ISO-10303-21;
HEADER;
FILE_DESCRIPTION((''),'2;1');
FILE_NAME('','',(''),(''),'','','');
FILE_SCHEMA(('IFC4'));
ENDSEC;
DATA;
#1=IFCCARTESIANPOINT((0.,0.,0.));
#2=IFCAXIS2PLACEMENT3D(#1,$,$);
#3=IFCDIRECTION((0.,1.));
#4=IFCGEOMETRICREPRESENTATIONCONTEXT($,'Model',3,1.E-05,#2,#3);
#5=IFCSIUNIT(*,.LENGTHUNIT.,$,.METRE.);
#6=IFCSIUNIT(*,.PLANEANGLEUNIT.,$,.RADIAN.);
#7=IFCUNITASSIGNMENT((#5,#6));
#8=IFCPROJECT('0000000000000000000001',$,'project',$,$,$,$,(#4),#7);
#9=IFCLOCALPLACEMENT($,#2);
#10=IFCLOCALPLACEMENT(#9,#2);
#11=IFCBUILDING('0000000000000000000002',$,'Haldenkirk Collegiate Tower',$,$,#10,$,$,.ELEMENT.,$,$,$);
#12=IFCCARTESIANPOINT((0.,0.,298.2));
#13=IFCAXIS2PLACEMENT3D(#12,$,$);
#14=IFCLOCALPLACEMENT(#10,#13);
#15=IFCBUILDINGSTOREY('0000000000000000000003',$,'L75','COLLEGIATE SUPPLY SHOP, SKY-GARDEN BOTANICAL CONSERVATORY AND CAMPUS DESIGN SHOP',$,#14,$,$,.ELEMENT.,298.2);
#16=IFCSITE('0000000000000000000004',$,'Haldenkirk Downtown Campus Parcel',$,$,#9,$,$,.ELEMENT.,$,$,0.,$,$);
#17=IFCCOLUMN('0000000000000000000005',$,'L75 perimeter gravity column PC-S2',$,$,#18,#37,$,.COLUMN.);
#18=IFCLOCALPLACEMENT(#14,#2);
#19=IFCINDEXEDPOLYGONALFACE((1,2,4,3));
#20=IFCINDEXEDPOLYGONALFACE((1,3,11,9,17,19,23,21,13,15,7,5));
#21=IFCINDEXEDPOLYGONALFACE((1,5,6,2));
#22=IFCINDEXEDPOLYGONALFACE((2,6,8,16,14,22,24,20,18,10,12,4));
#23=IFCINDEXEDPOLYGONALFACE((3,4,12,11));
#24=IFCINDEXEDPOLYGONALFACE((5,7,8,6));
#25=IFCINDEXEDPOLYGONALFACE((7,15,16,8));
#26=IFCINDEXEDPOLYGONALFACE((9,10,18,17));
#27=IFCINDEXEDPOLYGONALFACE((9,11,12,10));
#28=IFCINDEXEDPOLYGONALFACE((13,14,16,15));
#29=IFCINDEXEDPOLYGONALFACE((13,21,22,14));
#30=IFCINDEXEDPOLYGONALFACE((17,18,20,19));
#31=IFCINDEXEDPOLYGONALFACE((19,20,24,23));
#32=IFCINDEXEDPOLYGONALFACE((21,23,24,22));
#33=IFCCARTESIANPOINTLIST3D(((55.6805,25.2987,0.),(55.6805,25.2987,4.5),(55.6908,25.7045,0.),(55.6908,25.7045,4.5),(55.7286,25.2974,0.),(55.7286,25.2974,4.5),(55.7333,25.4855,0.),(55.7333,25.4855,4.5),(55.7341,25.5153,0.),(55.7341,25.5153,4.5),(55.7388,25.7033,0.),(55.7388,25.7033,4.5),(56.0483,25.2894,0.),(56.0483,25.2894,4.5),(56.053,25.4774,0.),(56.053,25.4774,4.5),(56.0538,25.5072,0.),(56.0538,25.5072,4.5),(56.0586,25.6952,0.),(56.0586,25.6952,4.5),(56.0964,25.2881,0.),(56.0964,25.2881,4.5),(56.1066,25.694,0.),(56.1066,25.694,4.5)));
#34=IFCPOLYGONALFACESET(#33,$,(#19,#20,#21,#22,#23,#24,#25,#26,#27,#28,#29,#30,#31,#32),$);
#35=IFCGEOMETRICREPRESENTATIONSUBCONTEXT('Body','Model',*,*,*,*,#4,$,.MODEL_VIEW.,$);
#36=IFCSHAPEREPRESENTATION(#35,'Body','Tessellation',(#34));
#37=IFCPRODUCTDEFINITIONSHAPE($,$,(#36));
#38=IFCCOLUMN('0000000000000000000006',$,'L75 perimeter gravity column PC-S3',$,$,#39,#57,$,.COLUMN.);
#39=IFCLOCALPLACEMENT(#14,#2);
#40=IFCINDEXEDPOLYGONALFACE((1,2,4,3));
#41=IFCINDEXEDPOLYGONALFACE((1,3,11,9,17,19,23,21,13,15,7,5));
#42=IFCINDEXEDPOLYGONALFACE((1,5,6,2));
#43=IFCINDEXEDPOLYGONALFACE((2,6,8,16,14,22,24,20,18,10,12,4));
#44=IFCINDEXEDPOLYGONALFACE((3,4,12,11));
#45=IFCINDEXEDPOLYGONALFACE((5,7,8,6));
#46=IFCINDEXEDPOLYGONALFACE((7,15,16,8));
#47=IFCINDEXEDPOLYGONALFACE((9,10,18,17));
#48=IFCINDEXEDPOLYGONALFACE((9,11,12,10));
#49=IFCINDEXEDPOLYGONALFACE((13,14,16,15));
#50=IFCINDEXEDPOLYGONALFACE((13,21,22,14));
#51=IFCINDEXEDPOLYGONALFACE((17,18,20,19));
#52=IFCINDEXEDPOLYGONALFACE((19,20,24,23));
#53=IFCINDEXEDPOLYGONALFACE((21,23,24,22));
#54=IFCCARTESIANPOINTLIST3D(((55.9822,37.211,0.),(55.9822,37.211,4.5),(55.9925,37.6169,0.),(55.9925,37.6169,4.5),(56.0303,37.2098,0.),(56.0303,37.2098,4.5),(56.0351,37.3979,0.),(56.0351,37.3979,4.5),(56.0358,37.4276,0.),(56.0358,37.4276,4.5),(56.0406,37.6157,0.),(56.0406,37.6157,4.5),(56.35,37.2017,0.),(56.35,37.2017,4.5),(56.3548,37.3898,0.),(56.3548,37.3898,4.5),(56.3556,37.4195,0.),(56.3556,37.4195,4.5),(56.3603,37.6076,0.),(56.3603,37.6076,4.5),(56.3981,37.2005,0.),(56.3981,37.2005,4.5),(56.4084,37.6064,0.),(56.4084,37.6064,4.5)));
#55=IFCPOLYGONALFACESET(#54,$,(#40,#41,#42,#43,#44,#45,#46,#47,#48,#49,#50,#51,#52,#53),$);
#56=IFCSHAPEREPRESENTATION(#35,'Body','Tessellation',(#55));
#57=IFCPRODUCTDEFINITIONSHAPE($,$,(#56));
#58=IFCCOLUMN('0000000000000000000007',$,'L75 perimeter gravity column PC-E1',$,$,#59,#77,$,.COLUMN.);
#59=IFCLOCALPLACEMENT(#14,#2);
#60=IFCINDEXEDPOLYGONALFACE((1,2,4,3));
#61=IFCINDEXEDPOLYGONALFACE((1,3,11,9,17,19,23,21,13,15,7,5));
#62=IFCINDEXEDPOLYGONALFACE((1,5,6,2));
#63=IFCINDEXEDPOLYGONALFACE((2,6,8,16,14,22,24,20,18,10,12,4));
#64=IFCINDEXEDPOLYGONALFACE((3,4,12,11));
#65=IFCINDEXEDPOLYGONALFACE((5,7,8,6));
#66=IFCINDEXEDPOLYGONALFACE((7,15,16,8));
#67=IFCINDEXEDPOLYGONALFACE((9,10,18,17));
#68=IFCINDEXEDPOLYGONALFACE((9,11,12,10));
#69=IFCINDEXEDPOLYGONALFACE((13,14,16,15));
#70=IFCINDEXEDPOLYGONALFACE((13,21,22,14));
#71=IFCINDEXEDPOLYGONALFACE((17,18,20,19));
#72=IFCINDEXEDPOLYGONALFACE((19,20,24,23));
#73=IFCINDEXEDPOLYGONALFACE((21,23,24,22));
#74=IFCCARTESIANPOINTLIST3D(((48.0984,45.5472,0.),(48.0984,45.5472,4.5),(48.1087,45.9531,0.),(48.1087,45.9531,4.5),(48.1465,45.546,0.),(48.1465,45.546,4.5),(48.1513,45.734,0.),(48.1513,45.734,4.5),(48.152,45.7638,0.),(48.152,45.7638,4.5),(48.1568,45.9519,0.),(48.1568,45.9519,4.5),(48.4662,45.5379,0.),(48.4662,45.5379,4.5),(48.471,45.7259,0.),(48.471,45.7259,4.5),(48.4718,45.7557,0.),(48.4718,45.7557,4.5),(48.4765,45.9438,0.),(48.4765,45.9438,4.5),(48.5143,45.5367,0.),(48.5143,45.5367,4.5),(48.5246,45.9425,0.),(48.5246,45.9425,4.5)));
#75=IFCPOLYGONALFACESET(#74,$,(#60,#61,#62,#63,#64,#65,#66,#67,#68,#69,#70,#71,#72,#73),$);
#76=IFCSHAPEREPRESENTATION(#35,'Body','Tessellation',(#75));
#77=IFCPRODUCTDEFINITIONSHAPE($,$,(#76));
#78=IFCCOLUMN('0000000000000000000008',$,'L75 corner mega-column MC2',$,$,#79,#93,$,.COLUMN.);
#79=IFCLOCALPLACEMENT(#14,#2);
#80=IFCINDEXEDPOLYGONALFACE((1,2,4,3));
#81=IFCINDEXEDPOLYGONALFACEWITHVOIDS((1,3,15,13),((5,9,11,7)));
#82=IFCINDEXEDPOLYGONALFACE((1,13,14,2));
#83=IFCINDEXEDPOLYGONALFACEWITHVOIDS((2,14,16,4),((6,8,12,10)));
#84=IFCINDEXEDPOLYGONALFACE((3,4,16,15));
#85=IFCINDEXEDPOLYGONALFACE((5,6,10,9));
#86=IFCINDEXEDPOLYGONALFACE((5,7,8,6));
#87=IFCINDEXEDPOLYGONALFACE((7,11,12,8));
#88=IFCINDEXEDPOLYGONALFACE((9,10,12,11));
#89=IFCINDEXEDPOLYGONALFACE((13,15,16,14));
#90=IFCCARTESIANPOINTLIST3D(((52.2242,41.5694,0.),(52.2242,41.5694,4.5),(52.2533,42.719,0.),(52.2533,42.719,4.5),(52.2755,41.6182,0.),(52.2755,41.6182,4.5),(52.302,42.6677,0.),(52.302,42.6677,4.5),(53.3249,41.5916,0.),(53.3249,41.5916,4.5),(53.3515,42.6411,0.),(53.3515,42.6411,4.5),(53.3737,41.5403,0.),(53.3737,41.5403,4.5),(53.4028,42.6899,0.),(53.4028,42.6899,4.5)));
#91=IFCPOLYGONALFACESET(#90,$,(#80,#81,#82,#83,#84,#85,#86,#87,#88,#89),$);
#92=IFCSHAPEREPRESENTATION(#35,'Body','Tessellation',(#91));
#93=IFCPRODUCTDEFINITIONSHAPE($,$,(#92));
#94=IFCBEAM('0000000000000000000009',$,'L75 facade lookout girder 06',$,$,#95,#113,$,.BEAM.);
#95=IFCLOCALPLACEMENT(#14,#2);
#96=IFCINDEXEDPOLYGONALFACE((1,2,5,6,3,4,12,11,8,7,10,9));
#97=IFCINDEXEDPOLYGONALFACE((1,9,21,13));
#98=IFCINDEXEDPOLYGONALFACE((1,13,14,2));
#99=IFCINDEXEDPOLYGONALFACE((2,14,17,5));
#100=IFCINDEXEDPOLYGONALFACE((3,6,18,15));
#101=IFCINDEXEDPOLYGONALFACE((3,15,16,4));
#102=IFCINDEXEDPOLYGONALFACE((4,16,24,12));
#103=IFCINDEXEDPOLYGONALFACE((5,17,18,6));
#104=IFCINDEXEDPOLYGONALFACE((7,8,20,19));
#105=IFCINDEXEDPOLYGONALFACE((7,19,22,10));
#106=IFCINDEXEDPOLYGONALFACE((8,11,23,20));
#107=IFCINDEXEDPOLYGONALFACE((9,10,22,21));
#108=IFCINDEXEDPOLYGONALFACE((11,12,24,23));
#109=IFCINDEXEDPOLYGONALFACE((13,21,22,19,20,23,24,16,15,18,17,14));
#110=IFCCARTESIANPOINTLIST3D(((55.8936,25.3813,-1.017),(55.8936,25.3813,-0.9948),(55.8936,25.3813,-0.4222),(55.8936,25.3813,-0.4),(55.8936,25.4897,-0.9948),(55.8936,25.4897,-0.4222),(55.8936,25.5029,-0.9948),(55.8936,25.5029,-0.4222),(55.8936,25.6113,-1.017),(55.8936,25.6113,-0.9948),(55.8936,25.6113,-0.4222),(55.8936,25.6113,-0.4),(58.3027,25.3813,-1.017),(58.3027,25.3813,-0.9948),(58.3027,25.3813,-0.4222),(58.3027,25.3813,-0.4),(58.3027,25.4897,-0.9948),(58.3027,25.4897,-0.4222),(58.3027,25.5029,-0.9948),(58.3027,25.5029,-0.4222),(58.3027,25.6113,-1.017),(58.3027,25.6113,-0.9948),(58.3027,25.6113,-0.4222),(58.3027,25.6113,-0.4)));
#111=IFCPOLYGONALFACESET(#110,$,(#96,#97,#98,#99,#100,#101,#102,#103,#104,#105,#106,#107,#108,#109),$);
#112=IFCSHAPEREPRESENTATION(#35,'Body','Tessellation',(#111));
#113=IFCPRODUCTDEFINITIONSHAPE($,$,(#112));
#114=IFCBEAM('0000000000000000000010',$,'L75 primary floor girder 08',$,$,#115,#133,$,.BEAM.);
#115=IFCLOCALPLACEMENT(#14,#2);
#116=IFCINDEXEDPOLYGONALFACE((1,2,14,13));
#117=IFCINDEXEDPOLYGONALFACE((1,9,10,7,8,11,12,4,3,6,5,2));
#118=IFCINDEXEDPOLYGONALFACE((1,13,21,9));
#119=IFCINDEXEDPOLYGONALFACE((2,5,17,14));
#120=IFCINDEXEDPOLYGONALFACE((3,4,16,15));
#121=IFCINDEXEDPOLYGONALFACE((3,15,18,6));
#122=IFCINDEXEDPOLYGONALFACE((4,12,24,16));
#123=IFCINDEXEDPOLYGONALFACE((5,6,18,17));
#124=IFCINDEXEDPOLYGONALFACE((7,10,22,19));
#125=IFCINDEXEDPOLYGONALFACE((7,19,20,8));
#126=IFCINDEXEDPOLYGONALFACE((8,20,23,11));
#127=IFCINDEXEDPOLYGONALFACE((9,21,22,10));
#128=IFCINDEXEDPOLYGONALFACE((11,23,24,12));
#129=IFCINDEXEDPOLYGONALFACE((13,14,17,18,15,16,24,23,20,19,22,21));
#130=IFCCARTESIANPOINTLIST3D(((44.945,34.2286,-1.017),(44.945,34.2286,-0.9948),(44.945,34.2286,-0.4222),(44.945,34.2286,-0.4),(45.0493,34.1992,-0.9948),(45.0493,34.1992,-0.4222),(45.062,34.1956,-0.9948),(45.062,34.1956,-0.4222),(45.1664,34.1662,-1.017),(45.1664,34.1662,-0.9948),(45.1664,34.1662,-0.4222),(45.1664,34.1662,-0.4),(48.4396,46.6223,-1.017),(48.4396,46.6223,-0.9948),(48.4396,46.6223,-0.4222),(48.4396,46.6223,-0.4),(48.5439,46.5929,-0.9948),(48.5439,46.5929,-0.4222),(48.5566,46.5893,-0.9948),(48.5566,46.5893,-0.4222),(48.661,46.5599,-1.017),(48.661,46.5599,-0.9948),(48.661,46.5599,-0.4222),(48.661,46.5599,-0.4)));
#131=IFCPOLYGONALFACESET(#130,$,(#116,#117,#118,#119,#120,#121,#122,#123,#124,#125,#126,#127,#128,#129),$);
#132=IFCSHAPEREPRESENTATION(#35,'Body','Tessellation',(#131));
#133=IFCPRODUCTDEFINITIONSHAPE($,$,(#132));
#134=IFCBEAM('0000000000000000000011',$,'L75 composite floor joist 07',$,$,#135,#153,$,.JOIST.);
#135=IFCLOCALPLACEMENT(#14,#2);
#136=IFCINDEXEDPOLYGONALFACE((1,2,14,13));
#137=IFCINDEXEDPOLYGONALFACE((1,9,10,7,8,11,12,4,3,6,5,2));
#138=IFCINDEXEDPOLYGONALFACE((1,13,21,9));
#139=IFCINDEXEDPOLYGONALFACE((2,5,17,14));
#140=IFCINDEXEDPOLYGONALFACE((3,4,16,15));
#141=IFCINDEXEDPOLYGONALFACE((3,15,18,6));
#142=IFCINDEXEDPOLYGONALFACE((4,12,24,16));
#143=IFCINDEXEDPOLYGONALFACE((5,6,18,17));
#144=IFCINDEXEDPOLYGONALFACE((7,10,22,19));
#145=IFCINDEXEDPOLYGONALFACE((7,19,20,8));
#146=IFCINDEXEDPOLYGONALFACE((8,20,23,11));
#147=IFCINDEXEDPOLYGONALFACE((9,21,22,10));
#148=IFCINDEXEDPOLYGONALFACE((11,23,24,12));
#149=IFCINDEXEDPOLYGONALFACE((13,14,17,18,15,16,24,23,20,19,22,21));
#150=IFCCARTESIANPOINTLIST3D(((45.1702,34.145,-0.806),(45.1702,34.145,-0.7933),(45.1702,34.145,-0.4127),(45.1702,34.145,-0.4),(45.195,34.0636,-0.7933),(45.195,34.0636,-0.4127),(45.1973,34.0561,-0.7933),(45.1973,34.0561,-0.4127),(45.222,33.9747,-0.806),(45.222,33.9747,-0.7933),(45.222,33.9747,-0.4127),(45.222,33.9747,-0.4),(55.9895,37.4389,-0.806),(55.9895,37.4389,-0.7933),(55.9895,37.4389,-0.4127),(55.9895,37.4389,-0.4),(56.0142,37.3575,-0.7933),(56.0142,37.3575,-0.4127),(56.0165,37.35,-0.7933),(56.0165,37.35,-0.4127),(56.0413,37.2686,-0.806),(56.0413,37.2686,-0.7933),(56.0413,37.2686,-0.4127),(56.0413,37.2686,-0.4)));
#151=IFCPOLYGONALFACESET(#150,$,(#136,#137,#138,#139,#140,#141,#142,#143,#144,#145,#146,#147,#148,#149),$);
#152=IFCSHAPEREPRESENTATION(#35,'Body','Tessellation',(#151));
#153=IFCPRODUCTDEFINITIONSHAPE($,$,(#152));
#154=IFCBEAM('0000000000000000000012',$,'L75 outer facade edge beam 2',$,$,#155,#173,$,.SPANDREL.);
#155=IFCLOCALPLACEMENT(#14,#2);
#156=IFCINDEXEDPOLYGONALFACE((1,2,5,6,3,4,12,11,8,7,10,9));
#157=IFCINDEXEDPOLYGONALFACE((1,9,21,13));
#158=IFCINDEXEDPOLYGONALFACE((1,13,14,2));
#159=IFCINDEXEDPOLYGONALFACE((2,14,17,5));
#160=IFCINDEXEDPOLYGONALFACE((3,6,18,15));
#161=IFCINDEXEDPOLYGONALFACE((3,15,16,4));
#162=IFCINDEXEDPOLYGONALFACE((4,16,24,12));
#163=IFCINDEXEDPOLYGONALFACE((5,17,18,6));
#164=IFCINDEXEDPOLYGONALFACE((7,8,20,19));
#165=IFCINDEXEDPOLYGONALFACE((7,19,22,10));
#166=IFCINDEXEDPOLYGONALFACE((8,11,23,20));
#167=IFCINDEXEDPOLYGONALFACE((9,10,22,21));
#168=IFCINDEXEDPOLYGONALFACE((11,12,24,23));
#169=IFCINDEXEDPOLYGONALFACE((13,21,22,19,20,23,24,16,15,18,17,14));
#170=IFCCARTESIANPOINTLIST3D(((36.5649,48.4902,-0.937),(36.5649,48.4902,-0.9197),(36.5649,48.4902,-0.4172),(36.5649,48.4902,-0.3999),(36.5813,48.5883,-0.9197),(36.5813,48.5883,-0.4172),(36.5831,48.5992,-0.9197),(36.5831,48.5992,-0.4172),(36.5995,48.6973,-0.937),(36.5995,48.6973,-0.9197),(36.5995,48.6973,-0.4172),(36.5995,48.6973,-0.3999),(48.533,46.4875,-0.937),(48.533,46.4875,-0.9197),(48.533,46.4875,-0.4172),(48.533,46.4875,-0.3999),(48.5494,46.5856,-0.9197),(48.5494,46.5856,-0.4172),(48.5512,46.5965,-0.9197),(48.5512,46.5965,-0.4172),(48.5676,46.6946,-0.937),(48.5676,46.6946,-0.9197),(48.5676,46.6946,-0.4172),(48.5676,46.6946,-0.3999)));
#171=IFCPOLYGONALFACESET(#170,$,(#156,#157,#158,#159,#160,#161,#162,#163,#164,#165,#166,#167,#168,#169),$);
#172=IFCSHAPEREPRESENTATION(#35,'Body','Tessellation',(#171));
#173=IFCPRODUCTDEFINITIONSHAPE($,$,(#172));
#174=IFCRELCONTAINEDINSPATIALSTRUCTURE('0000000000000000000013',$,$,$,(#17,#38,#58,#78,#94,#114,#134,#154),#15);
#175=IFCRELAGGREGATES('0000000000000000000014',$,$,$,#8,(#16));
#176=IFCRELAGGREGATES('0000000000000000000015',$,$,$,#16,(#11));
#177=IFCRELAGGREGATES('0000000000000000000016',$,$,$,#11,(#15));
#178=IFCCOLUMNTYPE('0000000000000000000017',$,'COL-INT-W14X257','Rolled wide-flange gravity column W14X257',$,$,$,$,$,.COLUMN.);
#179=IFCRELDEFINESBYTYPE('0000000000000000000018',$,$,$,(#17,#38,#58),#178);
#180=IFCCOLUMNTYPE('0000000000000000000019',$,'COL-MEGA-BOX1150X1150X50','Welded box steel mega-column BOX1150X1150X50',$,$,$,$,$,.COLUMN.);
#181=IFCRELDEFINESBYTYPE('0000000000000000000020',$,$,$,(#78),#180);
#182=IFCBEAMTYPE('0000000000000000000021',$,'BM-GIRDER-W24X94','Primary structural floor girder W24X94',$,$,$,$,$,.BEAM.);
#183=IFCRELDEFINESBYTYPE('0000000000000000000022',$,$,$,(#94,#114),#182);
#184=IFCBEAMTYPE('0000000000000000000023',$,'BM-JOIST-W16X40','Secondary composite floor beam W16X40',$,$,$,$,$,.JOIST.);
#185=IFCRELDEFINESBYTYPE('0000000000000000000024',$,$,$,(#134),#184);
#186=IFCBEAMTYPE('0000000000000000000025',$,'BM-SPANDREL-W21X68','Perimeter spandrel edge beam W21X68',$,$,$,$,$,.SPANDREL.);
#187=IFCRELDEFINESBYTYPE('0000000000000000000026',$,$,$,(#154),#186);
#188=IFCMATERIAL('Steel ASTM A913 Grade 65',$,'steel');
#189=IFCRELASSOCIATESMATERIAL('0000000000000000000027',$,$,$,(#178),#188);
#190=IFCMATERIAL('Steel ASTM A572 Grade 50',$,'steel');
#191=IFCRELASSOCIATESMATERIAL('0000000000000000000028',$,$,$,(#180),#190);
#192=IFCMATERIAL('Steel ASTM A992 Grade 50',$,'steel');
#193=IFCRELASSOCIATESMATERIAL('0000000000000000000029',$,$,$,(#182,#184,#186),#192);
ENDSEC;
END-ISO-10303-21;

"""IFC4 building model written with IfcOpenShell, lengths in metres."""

from ifc_helpers import new_model, si_unit, direction, frame, origin, origin_2d, place, context, subcontext, project, spatial, hollow_rectangle, i_section, extrude, material, material_profile, profile_set, type_object, element, save


model = new_model("IFC4")

# Units and contexts
model_context = context("Model", 3, precision=1e-05, world=origin(), true_north=direction((0.0, 1.0)))
body_context = subcontext(model_context, "Body", "Model", "MODEL_VIEW")
ifc_project = project(units=[si_unit("LENGTHUNIT", "METRE"), si_unit("PLANEANGLEUNIT", "RADIAN")], contexts=[model_context])

# Site, building, storey
site_placement = place(None, origin())
site = spatial("IfcSite", under=ifc_project, at=site_placement, Name="Haldenkirk Downtown Campus Parcel", CompositionType="ELEMENT", RefElevation=0.0)
building_placement = place(site_placement, origin())
building = spatial("IfcBuilding", under=site, at=building_placement, Name="Haldenkirk Collegiate Tower", CompositionType="ELEMENT")
storey_placement = place(building_placement, frame((0.0, 0.0, 298.2)))
storey = spatial("IfcBuildingStorey", under=building, at=storey_placement, Name="L75", Description="COLLEGIATE SUPPLY SHOP, SKY-GARDEN BOTANICAL CONSERVATORY AND CAMPUS DESIGN SHOP", CompositionType="ELEMENT", Elevation=298.2)

# Columns
ifc_material_1 = material(Name="Steel ASTM A913 Grade 65", Category="steel")
ifc_material_profile_1 = material_profile(ifc_material_1, i_section(OverallWidth=0.406, OverallDepth=0.416, WebThickness=0.0298, FlangeThickness=0.0481, at=origin_2d()), Name="W14X257")
ifc_profile_set_1 = profile_set([ifc_material_profile_1], Name="Steel ASTM A913 Grade 65")
column_type_1 = type_object("IfcColumnType", Name="COL-INT-W14X257", Description="Rolled wide-flange gravity column W14X257", PredefinedType="COLUMN", material=ifc_profile_set_1)
for number, where, z_axis, x_axis, name in (
    (1, (55.8936, 25.4963, 0.0), (0.0, 0.0, 1.0), (0.025305, 0.99968, 0.0), "L75 perimeter gravity column PC-S2"),
    (2, (56.1953, 37.4087, 0.0), (0.0, 0.0, 1.0), (0.025305, 0.99968, 0.0), "L75 perimeter gravity column PC-S3"),
    (3, (48.3115, 45.7449, 0.0), (0.0, 0.0, 1.0), (0.025305, 0.99968, 0.0), "L75 perimeter gravity column PC-E1"),
):
    element("IfcColumn", number, at=place(storey_placement, frame(where, z_axis=z_axis, x_axis=x_axis)), inside=storey, type_object=column_type_1, Name=name, PredefinedType="COLUMN", context=body_context, shape_type="SweptSolid", body=[
        extrude(i_section(OverallWidth=0.406, OverallDepth=0.416, WebThickness=0.0298, FlangeThickness=0.0481, at=origin_2d()), origin(), (0.0, 0.0, 1.0), 4.5),
    ])
ifc_material_2 = material(Name="Steel ASTM A572 Grade 50", Category="steel")
ifc_material_profile_2 = material_profile(ifc_material_2, hollow_rectangle(XDim=1.1499, YDim=1.1499, WallThickness=0.05, at=origin_2d()), Name="BOX1150X1150X50")
ifc_profile_set_2 = profile_set([ifc_material_profile_2], Name="Steel ASTM A572 Grade 50")
column_type_2 = type_object("IfcColumnType", Name="COL-MEGA-BOX1150X1150X50", Description="Welded box steel mega-column BOX1150X1150X50", PredefinedType="COLUMN", material=ifc_profile_set_2)
column_placement = place(storey_placement, frame((52.8135, 42.1296, 0.0), z_axis=(0.0, 0.0, 1.0), x_axis=(0.025305, 0.99968, 0.0)))
element("IfcColumn", 4, at=column_placement, inside=storey, type_object=column_type_2, Name="L75 corner mega-column MC2", PredefinedType="COLUMN", context=body_context, shape_type="SweptSolid", body=[
    extrude(hollow_rectangle(XDim=1.1499, YDim=1.1499, WallThickness=0.05, at=origin_2d()), origin(), (0.0, 0.0, 1.0), 4.5),
])

# Beams
ifc_material_3 = material(Name="Steel ASTM A992 Grade 50", Category="steel")
ifc_material_profile_3 = material_profile(ifc_material_3, i_section(OverallWidth=0.23, OverallDepth=0.6169, WebThickness=0.0132, FlangeThickness=0.0222, at=origin_2d()), Name="W24X94")
ifc_profile_set_3 = profile_set([ifc_material_profile_3], Name="Steel ASTM A992 Grade 50")
beam_type_1 = type_object("IfcBeamType", Name="BM-GIRDER-W24X94", Description="Primary structural floor girder W24X94", PredefinedType="BEAM", material=ifc_profile_set_3)
beam_1_placement = place(storey_placement, frame((55.8936, 25.4963, -0.7085), z_axis=(1.0, 0.0, 0.0), x_axis=(0.0, 1.0, 0.0)))
element("IfcBeam", 5, at=beam_1_placement, inside=storey, type_object=beam_type_1, Name="L75 facade lookout girder 06", PredefinedType="BEAM", context=body_context, shape_type="SweptSolid", body=[
    extrude(i_section(OverallWidth=0.23, OverallDepth=0.6169, WebThickness=0.0132, FlangeThickness=0.0222, at=origin_2d()), origin(), (0.0, 0.0, 1.0), 2.4092),
])
beam_2_placement = place(storey_placement, frame((48.5503, 46.5911, -0.7085), z_axis=(-0.271384, -0.962471, 0.0), x_axis=(0.962471, -0.271384, 0.0)))
element("IfcBeam", 6, at=beam_2_placement, inside=storey, type_object=beam_type_1, Name="L75 primary floor girder 08", PredefinedType="BEAM", context=body_context, shape_type="SweptSolid", body=[
    extrude(i_section(OverallWidth=0.23, OverallDepth=0.6169, WebThickness=0.0132, FlangeThickness=0.0222, at=origin_2d()), origin(), (0.0, 0.0, 1.0), 12.877),
])
ifc_material_profile_4 = material_profile(ifc_material_3, i_section(OverallWidth=0.178, OverallDepth=0.406, WebThickness=0.0078, FlangeThickness=0.0127, at=origin_2d()), Name="W16X40")
ifc_profile_set_4 = profile_set([ifc_material_profile_4], Name="Steel ASTM A992 Grade 50")
beam_type_2 = type_object("IfcBeamType", Name="BM-JOIST-W16X40", Description="Secondary composite floor beam W16X40", PredefinedType="JOIST", material=ifc_profile_set_4)
beam_3_placement = place(storey_placement, frame((56.0154, 37.3538, -0.603), z_axis=(-0.956647, -0.291251, 0.0), x_axis=(0.291251, -0.956647, 0.0)))
element("IfcBeam", 7, at=beam_3_placement, inside=storey, type_object=beam_type_2, Name="L75 composite floor joist 07", PredefinedType="JOIST", context=body_context, shape_type="SweptSolid", body=[
    extrude(i_section(OverallWidth=0.178, OverallDepth=0.406, WebThickness=0.0078, FlangeThickness=0.0127, at=origin_2d()), origin(), (0.0, 0.0, 1.0), 11.3096),
])
ifc_material_profile_5 = material_profile(ifc_material_3, i_section(OverallWidth=0.21, OverallDepth=0.5371, WebThickness=0.011, FlangeThickness=0.0173, at=origin_2d()), Name="W21X68")
ifc_profile_set_5 = profile_set([ifc_material_profile_5], Name="Steel ASTM A992 Grade 50")
beam_type_3 = type_object("IfcBeamType", Name="BM-SPANDREL-W21X68", Description="Perimeter spandrel edge beam W21X68", PredefinedType="SPANDREL", material=ifc_profile_set_5)
beam_4_placement = place(storey_placement, frame((48.5503, 46.5911, -0.6685), z_axis=(-0.986287, 0.165042, 0.0), x_axis=(-0.165042, -0.986287, 0.0)))
element("IfcBeam", 8, at=beam_4_placement, inside=storey, type_object=beam_type_3, Name="L75 outer facade edge beam 2", PredefinedType="SPANDREL", context=body_context, shape_type="SweptSolid", body=[
    extrude(i_section(OverallWidth=0.21, OverallDepth=0.5371, WebThickness=0.011, FlangeThickness=0.0173, at=origin_2d()), origin(), (0.0, 0.0, 1.0), 12.1345),
])

save(model, "model.ifc")
